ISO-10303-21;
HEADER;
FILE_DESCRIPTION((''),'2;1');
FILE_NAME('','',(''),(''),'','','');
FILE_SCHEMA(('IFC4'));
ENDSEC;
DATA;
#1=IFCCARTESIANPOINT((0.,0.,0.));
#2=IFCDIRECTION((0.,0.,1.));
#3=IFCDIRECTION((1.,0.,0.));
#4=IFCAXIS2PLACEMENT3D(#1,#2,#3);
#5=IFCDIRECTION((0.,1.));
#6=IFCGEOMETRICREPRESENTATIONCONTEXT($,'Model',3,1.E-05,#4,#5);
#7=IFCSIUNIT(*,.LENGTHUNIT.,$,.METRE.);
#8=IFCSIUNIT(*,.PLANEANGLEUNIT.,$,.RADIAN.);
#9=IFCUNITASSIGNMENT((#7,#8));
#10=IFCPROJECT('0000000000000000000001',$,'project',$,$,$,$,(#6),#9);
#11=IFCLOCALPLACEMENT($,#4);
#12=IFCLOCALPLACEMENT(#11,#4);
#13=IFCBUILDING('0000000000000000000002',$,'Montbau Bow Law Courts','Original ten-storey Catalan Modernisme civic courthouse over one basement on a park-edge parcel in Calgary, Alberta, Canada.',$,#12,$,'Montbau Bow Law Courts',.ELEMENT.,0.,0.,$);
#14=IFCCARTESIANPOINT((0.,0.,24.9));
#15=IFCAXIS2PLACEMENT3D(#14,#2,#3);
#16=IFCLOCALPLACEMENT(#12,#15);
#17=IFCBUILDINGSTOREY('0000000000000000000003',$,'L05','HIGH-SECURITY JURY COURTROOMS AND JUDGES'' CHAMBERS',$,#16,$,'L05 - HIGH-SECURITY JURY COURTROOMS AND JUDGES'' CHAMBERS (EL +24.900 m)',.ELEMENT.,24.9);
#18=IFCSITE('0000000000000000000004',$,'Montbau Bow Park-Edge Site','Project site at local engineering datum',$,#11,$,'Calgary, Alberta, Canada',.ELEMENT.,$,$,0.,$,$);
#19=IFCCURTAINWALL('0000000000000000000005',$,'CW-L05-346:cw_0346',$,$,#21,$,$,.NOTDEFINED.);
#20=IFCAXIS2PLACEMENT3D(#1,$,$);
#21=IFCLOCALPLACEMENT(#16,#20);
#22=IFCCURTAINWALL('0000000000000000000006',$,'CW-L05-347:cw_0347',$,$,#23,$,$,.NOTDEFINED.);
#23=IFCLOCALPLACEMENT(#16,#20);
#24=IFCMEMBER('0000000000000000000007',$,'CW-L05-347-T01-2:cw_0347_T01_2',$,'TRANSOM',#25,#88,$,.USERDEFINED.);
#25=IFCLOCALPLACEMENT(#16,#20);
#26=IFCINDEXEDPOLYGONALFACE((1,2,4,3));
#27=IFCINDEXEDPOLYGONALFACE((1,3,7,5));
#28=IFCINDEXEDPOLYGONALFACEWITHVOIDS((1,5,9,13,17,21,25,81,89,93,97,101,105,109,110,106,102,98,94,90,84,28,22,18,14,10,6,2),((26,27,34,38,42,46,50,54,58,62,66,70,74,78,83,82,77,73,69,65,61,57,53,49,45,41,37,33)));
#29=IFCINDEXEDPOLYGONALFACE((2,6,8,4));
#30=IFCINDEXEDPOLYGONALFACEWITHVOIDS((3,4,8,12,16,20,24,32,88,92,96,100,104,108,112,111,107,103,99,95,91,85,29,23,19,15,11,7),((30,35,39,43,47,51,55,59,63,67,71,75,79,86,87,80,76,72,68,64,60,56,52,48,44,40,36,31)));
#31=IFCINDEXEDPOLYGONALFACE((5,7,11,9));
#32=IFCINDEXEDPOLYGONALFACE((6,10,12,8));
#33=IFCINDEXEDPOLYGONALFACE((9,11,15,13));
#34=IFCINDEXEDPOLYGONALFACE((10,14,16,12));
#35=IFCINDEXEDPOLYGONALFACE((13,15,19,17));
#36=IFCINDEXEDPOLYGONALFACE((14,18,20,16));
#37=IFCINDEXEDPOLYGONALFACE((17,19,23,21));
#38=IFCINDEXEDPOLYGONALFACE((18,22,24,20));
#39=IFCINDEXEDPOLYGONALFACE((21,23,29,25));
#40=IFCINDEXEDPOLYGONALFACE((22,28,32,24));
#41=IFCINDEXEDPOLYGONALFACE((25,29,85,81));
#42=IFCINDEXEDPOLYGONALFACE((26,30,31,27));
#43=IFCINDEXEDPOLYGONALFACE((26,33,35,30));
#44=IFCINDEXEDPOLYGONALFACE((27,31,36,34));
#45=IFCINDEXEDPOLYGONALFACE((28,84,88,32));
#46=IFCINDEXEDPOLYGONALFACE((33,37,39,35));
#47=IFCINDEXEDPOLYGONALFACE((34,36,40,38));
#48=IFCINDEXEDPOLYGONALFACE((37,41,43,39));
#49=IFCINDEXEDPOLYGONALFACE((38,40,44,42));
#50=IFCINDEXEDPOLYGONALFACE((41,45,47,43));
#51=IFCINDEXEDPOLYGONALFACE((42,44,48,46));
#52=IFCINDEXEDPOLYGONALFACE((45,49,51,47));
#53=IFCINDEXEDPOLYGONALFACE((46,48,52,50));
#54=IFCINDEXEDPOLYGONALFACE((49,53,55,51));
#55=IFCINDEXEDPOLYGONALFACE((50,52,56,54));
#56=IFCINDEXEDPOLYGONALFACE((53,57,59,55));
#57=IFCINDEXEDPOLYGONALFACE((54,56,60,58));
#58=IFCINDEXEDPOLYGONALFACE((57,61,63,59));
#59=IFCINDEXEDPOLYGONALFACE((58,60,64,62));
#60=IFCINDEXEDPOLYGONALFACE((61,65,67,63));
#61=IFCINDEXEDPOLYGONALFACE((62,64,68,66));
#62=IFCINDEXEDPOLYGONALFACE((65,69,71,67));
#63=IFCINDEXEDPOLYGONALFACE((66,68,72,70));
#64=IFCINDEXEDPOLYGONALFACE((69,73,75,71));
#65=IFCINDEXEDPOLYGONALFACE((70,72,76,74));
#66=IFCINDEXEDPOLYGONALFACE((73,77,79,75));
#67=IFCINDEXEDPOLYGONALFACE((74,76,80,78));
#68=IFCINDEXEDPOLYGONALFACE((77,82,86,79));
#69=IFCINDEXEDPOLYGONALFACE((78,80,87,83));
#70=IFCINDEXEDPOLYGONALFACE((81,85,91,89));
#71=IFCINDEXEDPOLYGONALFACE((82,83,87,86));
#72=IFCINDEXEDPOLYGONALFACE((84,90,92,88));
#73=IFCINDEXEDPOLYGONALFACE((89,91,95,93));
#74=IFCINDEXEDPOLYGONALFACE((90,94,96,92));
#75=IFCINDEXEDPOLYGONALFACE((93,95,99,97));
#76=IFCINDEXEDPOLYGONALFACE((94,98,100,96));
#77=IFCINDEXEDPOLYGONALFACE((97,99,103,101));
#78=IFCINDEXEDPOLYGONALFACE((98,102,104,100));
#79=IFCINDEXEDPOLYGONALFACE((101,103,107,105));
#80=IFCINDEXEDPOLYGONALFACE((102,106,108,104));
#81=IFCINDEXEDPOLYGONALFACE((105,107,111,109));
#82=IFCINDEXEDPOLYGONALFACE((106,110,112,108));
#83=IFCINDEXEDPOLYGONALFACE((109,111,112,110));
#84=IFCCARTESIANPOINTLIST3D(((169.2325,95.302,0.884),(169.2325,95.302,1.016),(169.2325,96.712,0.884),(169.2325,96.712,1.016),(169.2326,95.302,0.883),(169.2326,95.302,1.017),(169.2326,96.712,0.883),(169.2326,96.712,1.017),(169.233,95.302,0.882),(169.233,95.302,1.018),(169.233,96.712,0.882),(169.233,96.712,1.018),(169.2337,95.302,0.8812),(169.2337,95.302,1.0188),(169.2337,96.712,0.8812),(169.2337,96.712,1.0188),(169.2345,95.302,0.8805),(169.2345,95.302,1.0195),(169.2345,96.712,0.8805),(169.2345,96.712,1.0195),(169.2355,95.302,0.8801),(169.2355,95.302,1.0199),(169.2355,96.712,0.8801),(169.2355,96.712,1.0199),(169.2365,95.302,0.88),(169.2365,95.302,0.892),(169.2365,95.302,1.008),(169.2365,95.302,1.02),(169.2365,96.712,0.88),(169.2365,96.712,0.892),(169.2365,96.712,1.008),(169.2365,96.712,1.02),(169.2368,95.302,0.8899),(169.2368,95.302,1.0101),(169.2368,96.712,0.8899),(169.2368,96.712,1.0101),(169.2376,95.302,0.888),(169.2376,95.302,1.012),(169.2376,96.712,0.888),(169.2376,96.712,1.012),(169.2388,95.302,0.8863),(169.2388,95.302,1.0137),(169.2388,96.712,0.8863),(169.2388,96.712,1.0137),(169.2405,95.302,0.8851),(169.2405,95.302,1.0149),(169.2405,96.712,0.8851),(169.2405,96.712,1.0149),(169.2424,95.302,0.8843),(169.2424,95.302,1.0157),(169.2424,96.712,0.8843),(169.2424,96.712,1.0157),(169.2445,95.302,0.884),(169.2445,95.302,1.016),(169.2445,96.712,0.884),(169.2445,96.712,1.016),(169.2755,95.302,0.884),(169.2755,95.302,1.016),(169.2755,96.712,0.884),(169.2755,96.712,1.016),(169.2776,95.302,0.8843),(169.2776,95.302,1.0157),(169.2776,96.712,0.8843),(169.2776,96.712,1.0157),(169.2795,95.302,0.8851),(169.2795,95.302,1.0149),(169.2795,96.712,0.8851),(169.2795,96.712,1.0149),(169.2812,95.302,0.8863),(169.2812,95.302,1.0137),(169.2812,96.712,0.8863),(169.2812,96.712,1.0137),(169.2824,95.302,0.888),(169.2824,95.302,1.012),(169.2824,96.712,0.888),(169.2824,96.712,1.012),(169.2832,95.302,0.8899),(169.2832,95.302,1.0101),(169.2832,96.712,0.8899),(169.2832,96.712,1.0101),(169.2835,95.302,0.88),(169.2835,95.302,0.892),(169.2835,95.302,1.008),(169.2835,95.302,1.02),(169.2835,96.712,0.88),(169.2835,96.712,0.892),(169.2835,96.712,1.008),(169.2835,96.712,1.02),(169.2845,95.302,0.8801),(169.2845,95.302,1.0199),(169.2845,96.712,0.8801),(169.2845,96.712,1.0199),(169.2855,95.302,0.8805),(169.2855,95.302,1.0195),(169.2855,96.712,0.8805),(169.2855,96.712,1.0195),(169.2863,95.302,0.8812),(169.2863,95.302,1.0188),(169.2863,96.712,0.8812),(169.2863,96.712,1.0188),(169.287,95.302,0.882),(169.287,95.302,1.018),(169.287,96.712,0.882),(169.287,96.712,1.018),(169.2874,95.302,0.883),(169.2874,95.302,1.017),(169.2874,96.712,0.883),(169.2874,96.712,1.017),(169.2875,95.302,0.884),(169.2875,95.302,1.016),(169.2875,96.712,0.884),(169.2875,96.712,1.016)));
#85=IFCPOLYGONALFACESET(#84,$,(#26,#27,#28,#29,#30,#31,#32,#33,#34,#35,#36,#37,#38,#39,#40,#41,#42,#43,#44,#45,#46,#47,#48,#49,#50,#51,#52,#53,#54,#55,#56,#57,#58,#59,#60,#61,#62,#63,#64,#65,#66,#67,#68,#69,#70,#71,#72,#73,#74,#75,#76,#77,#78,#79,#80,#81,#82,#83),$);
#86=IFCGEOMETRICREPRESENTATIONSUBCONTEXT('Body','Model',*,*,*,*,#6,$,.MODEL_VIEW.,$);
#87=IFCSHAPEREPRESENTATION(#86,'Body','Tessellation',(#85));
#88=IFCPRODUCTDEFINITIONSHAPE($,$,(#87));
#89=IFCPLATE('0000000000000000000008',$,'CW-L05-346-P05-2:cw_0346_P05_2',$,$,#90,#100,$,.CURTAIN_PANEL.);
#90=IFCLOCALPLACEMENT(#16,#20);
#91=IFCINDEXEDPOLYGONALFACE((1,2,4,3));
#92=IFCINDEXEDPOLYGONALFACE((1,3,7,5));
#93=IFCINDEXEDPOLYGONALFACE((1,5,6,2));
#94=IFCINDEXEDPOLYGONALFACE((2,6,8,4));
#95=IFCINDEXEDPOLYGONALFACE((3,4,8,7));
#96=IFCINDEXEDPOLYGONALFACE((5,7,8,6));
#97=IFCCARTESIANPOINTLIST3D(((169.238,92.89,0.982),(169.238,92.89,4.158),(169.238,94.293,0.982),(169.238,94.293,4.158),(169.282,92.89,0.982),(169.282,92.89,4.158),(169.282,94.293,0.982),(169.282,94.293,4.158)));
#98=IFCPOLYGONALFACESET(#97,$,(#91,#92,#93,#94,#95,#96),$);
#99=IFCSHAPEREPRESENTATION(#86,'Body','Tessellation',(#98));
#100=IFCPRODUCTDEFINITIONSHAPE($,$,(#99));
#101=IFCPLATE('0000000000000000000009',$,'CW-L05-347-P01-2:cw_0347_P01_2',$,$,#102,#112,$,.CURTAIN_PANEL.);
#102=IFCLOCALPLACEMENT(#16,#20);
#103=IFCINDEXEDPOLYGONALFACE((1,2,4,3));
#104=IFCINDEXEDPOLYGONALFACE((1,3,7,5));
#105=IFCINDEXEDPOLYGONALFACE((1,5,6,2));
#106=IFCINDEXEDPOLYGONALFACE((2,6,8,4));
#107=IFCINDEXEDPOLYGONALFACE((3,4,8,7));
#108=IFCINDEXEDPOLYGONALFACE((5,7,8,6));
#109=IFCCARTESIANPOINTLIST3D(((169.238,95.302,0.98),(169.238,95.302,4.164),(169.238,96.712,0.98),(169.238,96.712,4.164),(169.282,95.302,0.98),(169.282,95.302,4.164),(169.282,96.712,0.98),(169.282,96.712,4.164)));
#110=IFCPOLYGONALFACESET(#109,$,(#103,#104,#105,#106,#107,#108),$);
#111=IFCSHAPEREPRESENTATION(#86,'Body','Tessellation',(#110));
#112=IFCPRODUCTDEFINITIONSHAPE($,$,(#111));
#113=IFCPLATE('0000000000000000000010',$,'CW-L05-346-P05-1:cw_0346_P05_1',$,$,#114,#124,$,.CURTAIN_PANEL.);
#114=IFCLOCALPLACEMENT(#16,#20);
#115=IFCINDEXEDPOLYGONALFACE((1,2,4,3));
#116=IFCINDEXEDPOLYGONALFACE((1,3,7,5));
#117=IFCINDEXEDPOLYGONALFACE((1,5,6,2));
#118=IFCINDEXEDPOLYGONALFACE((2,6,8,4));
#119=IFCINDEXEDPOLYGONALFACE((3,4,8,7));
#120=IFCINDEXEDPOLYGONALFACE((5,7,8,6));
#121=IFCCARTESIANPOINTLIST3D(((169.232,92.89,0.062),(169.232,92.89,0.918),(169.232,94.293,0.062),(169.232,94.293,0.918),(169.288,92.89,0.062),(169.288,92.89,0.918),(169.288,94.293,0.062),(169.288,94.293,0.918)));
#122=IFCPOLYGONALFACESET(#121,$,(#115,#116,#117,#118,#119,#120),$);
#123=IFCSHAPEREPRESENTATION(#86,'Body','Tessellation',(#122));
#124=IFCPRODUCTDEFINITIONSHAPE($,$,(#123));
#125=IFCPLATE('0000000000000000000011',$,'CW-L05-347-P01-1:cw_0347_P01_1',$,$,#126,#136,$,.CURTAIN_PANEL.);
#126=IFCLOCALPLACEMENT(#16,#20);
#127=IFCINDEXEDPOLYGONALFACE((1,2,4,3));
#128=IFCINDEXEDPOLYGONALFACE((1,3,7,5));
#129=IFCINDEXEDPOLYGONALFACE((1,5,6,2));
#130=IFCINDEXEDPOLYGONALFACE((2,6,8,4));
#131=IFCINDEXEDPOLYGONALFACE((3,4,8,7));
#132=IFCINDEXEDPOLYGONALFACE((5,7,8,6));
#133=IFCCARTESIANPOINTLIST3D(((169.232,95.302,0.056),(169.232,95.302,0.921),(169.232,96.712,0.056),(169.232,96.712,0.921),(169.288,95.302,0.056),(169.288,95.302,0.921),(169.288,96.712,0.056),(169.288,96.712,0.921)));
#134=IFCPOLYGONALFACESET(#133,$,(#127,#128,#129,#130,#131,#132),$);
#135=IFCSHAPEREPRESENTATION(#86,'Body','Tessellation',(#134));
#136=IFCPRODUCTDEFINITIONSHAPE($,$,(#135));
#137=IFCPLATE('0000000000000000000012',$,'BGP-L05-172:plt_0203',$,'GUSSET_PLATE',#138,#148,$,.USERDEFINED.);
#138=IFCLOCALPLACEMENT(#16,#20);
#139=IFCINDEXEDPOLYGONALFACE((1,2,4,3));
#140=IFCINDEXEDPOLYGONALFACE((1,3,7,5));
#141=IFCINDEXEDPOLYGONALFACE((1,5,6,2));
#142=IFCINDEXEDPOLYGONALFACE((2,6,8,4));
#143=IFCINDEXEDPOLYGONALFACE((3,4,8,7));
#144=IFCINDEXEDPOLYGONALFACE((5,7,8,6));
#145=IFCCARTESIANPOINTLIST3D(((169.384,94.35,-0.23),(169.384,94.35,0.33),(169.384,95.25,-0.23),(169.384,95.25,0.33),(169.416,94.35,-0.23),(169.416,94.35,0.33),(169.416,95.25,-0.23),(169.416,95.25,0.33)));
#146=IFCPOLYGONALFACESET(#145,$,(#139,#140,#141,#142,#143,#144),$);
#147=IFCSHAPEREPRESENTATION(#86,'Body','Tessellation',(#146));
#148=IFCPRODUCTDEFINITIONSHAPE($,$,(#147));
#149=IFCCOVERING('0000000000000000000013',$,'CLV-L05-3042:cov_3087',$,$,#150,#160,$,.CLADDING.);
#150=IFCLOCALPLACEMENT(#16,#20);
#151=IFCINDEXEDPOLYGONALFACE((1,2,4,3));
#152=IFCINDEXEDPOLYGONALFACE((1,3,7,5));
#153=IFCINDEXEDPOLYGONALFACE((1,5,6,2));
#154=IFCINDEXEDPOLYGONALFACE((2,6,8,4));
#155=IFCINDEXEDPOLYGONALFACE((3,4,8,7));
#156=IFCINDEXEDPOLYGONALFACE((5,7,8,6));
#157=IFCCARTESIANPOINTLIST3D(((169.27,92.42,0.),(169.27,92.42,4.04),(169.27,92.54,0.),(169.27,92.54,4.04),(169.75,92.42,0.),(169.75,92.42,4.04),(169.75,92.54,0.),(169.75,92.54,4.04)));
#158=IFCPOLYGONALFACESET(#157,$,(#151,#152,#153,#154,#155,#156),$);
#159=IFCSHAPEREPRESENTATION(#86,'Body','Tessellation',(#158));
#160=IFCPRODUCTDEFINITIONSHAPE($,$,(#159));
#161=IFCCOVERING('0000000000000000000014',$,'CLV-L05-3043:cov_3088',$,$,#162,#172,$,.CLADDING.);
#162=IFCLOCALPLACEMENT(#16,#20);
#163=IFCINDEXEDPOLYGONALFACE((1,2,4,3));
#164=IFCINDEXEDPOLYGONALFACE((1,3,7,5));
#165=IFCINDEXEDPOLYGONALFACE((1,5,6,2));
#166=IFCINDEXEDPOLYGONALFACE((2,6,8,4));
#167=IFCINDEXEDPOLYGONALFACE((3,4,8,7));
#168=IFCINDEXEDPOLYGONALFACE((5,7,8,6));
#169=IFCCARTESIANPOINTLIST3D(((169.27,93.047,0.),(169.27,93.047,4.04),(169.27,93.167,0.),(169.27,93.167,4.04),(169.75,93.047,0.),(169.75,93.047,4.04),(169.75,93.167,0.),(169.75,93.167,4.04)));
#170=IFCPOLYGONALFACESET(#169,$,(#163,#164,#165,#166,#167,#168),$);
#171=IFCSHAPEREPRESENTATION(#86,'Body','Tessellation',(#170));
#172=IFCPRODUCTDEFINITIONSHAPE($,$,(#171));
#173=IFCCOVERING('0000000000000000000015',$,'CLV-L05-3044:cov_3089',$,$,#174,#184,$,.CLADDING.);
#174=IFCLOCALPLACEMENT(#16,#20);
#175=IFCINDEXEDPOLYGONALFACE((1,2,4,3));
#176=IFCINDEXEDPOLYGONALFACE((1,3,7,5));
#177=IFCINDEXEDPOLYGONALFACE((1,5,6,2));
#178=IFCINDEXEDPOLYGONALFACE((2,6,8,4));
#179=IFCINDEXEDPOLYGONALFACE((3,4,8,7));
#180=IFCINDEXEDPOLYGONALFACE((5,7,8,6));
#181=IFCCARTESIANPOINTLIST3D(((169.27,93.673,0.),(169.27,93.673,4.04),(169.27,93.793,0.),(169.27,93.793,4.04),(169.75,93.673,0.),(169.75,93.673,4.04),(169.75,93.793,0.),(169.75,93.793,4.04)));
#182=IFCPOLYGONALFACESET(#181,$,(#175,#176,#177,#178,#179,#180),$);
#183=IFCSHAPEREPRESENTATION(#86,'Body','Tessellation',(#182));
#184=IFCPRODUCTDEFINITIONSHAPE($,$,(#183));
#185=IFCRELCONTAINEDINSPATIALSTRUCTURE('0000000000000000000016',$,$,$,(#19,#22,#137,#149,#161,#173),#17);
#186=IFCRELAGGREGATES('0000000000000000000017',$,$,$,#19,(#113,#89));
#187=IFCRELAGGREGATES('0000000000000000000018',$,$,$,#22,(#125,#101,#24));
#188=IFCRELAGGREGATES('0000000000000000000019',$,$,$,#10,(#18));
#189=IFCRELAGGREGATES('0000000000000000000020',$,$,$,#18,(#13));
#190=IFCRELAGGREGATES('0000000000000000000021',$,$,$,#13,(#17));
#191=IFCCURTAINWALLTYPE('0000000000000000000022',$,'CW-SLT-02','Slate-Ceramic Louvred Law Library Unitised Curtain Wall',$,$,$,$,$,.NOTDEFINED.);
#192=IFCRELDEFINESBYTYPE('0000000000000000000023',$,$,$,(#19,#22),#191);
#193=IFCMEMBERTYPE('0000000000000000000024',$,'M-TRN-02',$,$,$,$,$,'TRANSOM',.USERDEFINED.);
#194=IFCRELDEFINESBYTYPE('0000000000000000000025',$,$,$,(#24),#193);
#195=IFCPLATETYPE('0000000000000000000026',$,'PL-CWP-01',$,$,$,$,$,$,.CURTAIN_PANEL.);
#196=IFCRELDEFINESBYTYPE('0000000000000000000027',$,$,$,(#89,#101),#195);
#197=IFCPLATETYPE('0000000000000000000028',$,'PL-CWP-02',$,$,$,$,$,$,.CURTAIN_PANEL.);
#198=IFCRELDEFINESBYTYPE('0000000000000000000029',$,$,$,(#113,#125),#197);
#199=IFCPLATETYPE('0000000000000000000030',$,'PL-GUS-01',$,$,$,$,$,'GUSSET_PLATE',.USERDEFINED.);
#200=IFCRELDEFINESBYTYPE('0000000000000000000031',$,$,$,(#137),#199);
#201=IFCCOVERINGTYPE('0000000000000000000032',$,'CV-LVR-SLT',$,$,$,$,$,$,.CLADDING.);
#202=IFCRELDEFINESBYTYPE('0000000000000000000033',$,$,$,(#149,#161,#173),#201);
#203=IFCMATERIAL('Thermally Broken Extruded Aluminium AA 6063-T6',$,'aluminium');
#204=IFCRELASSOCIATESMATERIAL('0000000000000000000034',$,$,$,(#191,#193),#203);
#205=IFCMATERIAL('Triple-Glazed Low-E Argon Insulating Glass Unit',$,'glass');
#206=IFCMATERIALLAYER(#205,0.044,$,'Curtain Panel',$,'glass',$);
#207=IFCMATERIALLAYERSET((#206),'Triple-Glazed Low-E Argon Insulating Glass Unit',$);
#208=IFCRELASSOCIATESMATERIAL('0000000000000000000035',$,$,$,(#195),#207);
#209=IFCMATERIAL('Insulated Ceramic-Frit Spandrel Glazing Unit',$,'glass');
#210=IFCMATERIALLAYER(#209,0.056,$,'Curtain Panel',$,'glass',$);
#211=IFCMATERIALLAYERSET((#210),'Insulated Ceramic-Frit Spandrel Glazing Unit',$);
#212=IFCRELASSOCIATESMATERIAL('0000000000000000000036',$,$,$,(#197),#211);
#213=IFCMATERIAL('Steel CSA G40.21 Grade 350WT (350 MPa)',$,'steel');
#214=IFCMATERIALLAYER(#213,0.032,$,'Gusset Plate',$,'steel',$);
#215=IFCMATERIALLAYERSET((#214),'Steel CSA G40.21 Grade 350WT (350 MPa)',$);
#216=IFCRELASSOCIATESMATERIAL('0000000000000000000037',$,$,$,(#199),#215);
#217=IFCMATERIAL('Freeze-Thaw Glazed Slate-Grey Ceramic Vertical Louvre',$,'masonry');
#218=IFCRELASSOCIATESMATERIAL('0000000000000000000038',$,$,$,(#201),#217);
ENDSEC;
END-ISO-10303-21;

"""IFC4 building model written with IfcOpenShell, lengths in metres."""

from ifc_helpers import new_model, si_unit, direction, frame, frame_2d, origin_with_axes, origin_2d_with_axis, place, context, subcontext, project, spatial, rectangle, hollow_rectangle, extrude, material, layer, layer_set, material_profile, profile_set, type_object, element, aggregate, save


model = new_model("IFC4")

# Units and contexts
model_context = context("Model", 3, precision=1e-05, world=origin_with_axes(), true_north=direction((0.0, 1.0)))
body_context = subcontext(model_context, "Body", "Model", "MODEL_VIEW")
ifc_project = project(units=[si_unit("LENGTHUNIT", "METRE"), si_unit("PLANEANGLEUNIT", "RADIAN")], contexts=[model_context])

# Site, building, storey
site_placement = place(None, origin_with_axes())
site = spatial("IfcSite", under=ifc_project, at=site_placement, Name="Montbau Bow Park-Edge Site", Description="Project site at local engineering datum", LongName="Calgary, Alberta, Canada", CompositionType="ELEMENT", RefElevation=0.0)
building_placement = place(site_placement, origin_with_axes())
building = spatial("IfcBuilding", under=site, at=building_placement, Name="Montbau Bow Law Courts", Description="Original ten-storey Catalan Modernisme civic courthouse over one basement on a park-edge parcel in Calgary, Alberta, Canada.", LongName="Montbau Bow Law Courts", CompositionType="ELEMENT", ElevationOfRefHeight=0.0, ElevationOfTerrain=0.0)
storey_placement = place(building_placement, frame((0.0, 0.0, 24.9), z_axis=(0.0, 0.0, 1.0), x_axis=(1.0, 0.0, 0.0)))
storey = spatial("IfcBuildingStorey", under=building, at=storey_placement, Name="L05", Description="HIGH-SECURITY JURY COURTROOMS AND JUDGES' CHAMBERS", LongName="L05 - HIGH-SECURITY JURY COURTROOMS AND JUDGES' CHAMBERS (EL +24.900 m)", CompositionType="ELEMENT", Elevation=24.9)

# Curtain wall
ifc_material_1 = material(Name="Thermally Broken Extruded Aluminium AA 6063-T6", Category="aluminium")
curtain_wall_type = type_object("IfcCurtainWallType", Name="CW-SLT-02", Description="Slate-Ceramic Louvred Law Library Unitised Curtain Wall", PredefinedType="NOTDEFINED", material=ifc_material_1)
curtain_wall_1_placement = place(None, frame((169.26, 86.84, 24.9), z_axis=(0.0, 0.0, 1.0), x_axis=(1.0, 0.0, 0.0)))
curtain_wall_1 = element("IfcCurtainWall", 1, at=curtain_wall_1_placement, inside=storey, type_object=curtain_wall_type, Name="CW-L05-346:cw_0346", PredefinedType="NOTDEFINED")

# Curtain wall
curtain_wall_2_placement = place(None, frame((169.26, 95.24, 24.9), z_axis=(0.0, 0.0, 1.0), x_axis=(1.0, 0.0, 0.0)))
curtain_wall_2 = element("IfcCurtainWall", 2, at=curtain_wall_2_placement, inside=storey, type_object=curtain_wall_type, Name="CW-L05-347:cw_0347", PredefinedType="NOTDEFINED")

# Member
ifc_material_profile_1 = material_profile(ifc_material_1, hollow_rectangle(XDim=0.055, YDim=0.14, WallThickness=0.004, InnerFilletRadius=0.008, OuterFilletRadius=0.004, at=origin_2d_with_axis()), Name="CWT-140X55", Category="Main", Priority=0)
ifc_profile_set_1 = profile_set([ifc_material_profile_1], Name="Thermally Broken Extruded Aluminium AA 6063-T6")
member_type_1 = type_object("IfcMemberType", Name="M-TRN-02", ElementType="TRANSOM", PredefinedType="USERDEFINED", material=ifc_profile_set_1)
member_1_placement = place(None, frame((169.26, 95.302, 25.85), z_axis=(0.0, 1.0, 0.0), x_axis=(-1.0, 0.0, 0.0)))
member_1 = element("IfcMember", 3, at=member_1_placement, type_object=member_type_1, Name="CW-L05-347-T01-2:cw_0347_T01_2", ObjectType="TRANSOM", PredefinedType="USERDEFINED", context=body_context, shape_type="SweptSolid", body=[
    extrude(hollow_rectangle(XDim=0.055, YDim=0.14, WallThickness=0.004, InnerFilletRadius=0.008, OuterFilletRadius=0.004, at=origin_2d_with_axis()), origin_with_axes(), (0.0, 0.0, 1.0), 1.41),
])

# Plates
ifc_material_2 = material(Name="Triple-Glazed Low-E Argon Insulating Glass Unit", Category="glass")
ifc_layer_1 = layer(ifc_material_2, 0.044, Name="Curtain Panel", Category="glass")
ifc_layer_set_1 = layer_set([ifc_layer_1], Name="Triple-Glazed Low-E Argon Insulating Glass Unit")
plate_type_1 = type_object("IfcPlateType", Name="PL-CWP-01", PredefinedType="CURTAIN_PANEL", material=ifc_layer_set_1)
plate_1_placement = place(None, frame((169.26, 92.89, 25.882), z_axis=(1.0, 0.0, 0.0), x_axis=(0.0, 1.0, 0.0)))
plate_1 = element("IfcPlate", 4, at=plate_1_placement, type_object=plate_type_1, Name="CW-L05-346-P05-2:cw_0346_P05_2", PredefinedType="CURTAIN_PANEL", context=body_context, shape_type="SweptSolid", body=[
    extrude(rectangle(XDim=1.403, YDim=3.176, at=frame_2d((0.7015, 1.588), x_axis=(1.0, 0.0))), frame((0.0, 0.0, -0.022), z_axis=(0.0, 0.0, 1.0), x_axis=(1.0, 0.0, 0.0)), (0.0, 0.0, 1.0), 0.044),
])
plate_2_placement = place(None, frame((169.26, 95.302, 25.88), z_axis=(1.0, 0.0, 0.0), x_axis=(0.0, 1.0, 0.0)))
plate_2 = element("IfcPlate", 5, at=plate_2_placement, type_object=plate_type_1, Name="CW-L05-347-P01-2:cw_0347_P01_2", PredefinedType="CURTAIN_PANEL", context=body_context, shape_type="SweptSolid", body=[
    extrude(rectangle(XDim=1.41, YDim=3.184, at=frame_2d((0.705, 1.592), x_axis=(1.0, 0.0))), frame((0.0, 0.0, -0.022), z_axis=(0.0, 0.0, 1.0), x_axis=(1.0, 0.0, 0.0)), (0.0, 0.0, 1.0), 0.044),
])
ifc_material_3 = material(Name="Insulated Ceramic-Frit Spandrel Glazing Unit", Category="glass")
ifc_layer_2 = layer(ifc_material_3, 0.056, Name="Curtain Panel", Category="glass")
ifc_layer_set_2 = layer_set([ifc_layer_2], Name="Insulated Ceramic-Frit Spandrel Glazing Unit")
plate_type_2 = type_object("IfcPlateType", Name="PL-CWP-02", PredefinedType="CURTAIN_PANEL", material=ifc_layer_set_2)
plate_3_placement = place(None, frame((169.26, 92.89, 24.962), z_axis=(1.0, 0.0, 0.0), x_axis=(0.0, 1.0, 0.0)))
plate_3 = element("IfcPlate", 6, at=plate_3_placement, type_object=plate_type_2, Name="CW-L05-346-P05-1:cw_0346_P05_1", PredefinedType="CURTAIN_PANEL", context=body_context, shape_type="SweptSolid", body=[
    extrude(rectangle(XDim=1.403, YDim=0.856, at=frame_2d((0.7015, 0.428), x_axis=(1.0, 0.0))), frame((0.0, 0.0, -0.028), z_axis=(0.0, 0.0, 1.0), x_axis=(1.0, 0.0, 0.0)), (0.0, 0.0, 1.0), 0.056),
])
aggregate(curtain_wall_1, [plate_3, plate_1])
plate_4_placement = place(None, frame((169.26, 95.302, 24.956), z_axis=(1.0, 0.0, 0.0), x_axis=(0.0, 1.0, 0.0)))
plate_4 = element("IfcPlate", 7, at=plate_4_placement, type_object=plate_type_2, Name="CW-L05-347-P01-1:cw_0347_P01_1", PredefinedType="CURTAIN_PANEL", context=body_context, shape_type="SweptSolid", body=[
    extrude(rectangle(XDim=1.41, YDim=0.865, at=frame_2d((0.705, 0.4325), x_axis=(1.0, 0.0))), frame((0.0, 0.0, -0.028), z_axis=(0.0, 0.0, 1.0), x_axis=(1.0, 0.0, 0.0)), (0.0, 0.0, 1.0), 0.056),
])
aggregate(curtain_wall_2, [plate_4, plate_2, member_1])
ifc_material_4 = material(Name="Steel CSA G40.21 Grade 350WT (350 MPa)", Category="steel")
ifc_layer_3 = layer(ifc_material_4, 0.032, Name="Gusset Plate", Category="steel")
ifc_layer_set_3 = layer_set([ifc_layer_3], Name="Steel CSA G40.21 Grade 350WT (350 MPa)")
plate_type_3 = type_object("IfcPlateType", Name="PL-GUS-01", ElementType="GUSSET_PLATE", PredefinedType="USERDEFINED", material=ifc_layer_set_3)
plate_5_placement = place(None, frame((169.4, 94.8, 24.67), z_axis=(0.0, 0.0, 1.0), x_axis=(0.0, 1.0, 0.0)))
element("IfcPlate", 8, at=plate_5_placement, inside=storey, type_object=plate_type_3, Name="BGP-L05-172:plt_0203", ObjectType="GUSSET_PLATE", PredefinedType="USERDEFINED", context=body_context, shape_type="SweptSolid", body=[
    extrude(rectangle(XDim=0.9, YDim=0.032, at=origin_2d_with_axis()), origin_with_axes(), (0.0, 0.0, 1.0), 0.56),
])

# Coverings
ifc_material_5 = material(Name="Freeze-Thaw Glazed Slate-Grey Ceramic Vertical Louvre", Category="masonry")
covering_type = type_object("IfcCoveringType", Name="CV-LVR-SLT", PredefinedType="CLADDING", material=ifc_material_5)
for number, where, z_axis, x_axis, name in (
    (9, (169.27, 92.48, 24.9), (0.0, -1.0, 0.0), (1.0, 0.0, 0.0), "CLV-L05-3042:cov_3087"),
    (10, (169.27, 93.107, 24.9), (0.0, -1.0, 0.0), (1.0, 0.0, 0.0), "CLV-L05-3043:cov_3088"),
    (11, (169.27, 93.733, 24.9), (0.0, -1.0, 0.0), (1.0, 0.0, 0.0), "CLV-L05-3044:cov_3089"),
):
    element("IfcCovering", number, at=place(None, frame(where, z_axis=z_axis, x_axis=x_axis)), inside=storey, type_object=covering_type, Name=name, PredefinedType="CLADDING", context=body_context, shape_type="SweptSolid", body=[
        extrude(rectangle(XDim=0.48, YDim=4.04, at=frame_2d((0.24, 2.02), x_axis=(1.0, 0.0))), frame((0.0, 0.0, -0.06), z_axis=(0.0, 0.0, 1.0), x_axis=(1.0, 0.0, 0.0)), (0.0, 0.0, 1.0), 0.12),
    ])

save(model, "model.ifc")
